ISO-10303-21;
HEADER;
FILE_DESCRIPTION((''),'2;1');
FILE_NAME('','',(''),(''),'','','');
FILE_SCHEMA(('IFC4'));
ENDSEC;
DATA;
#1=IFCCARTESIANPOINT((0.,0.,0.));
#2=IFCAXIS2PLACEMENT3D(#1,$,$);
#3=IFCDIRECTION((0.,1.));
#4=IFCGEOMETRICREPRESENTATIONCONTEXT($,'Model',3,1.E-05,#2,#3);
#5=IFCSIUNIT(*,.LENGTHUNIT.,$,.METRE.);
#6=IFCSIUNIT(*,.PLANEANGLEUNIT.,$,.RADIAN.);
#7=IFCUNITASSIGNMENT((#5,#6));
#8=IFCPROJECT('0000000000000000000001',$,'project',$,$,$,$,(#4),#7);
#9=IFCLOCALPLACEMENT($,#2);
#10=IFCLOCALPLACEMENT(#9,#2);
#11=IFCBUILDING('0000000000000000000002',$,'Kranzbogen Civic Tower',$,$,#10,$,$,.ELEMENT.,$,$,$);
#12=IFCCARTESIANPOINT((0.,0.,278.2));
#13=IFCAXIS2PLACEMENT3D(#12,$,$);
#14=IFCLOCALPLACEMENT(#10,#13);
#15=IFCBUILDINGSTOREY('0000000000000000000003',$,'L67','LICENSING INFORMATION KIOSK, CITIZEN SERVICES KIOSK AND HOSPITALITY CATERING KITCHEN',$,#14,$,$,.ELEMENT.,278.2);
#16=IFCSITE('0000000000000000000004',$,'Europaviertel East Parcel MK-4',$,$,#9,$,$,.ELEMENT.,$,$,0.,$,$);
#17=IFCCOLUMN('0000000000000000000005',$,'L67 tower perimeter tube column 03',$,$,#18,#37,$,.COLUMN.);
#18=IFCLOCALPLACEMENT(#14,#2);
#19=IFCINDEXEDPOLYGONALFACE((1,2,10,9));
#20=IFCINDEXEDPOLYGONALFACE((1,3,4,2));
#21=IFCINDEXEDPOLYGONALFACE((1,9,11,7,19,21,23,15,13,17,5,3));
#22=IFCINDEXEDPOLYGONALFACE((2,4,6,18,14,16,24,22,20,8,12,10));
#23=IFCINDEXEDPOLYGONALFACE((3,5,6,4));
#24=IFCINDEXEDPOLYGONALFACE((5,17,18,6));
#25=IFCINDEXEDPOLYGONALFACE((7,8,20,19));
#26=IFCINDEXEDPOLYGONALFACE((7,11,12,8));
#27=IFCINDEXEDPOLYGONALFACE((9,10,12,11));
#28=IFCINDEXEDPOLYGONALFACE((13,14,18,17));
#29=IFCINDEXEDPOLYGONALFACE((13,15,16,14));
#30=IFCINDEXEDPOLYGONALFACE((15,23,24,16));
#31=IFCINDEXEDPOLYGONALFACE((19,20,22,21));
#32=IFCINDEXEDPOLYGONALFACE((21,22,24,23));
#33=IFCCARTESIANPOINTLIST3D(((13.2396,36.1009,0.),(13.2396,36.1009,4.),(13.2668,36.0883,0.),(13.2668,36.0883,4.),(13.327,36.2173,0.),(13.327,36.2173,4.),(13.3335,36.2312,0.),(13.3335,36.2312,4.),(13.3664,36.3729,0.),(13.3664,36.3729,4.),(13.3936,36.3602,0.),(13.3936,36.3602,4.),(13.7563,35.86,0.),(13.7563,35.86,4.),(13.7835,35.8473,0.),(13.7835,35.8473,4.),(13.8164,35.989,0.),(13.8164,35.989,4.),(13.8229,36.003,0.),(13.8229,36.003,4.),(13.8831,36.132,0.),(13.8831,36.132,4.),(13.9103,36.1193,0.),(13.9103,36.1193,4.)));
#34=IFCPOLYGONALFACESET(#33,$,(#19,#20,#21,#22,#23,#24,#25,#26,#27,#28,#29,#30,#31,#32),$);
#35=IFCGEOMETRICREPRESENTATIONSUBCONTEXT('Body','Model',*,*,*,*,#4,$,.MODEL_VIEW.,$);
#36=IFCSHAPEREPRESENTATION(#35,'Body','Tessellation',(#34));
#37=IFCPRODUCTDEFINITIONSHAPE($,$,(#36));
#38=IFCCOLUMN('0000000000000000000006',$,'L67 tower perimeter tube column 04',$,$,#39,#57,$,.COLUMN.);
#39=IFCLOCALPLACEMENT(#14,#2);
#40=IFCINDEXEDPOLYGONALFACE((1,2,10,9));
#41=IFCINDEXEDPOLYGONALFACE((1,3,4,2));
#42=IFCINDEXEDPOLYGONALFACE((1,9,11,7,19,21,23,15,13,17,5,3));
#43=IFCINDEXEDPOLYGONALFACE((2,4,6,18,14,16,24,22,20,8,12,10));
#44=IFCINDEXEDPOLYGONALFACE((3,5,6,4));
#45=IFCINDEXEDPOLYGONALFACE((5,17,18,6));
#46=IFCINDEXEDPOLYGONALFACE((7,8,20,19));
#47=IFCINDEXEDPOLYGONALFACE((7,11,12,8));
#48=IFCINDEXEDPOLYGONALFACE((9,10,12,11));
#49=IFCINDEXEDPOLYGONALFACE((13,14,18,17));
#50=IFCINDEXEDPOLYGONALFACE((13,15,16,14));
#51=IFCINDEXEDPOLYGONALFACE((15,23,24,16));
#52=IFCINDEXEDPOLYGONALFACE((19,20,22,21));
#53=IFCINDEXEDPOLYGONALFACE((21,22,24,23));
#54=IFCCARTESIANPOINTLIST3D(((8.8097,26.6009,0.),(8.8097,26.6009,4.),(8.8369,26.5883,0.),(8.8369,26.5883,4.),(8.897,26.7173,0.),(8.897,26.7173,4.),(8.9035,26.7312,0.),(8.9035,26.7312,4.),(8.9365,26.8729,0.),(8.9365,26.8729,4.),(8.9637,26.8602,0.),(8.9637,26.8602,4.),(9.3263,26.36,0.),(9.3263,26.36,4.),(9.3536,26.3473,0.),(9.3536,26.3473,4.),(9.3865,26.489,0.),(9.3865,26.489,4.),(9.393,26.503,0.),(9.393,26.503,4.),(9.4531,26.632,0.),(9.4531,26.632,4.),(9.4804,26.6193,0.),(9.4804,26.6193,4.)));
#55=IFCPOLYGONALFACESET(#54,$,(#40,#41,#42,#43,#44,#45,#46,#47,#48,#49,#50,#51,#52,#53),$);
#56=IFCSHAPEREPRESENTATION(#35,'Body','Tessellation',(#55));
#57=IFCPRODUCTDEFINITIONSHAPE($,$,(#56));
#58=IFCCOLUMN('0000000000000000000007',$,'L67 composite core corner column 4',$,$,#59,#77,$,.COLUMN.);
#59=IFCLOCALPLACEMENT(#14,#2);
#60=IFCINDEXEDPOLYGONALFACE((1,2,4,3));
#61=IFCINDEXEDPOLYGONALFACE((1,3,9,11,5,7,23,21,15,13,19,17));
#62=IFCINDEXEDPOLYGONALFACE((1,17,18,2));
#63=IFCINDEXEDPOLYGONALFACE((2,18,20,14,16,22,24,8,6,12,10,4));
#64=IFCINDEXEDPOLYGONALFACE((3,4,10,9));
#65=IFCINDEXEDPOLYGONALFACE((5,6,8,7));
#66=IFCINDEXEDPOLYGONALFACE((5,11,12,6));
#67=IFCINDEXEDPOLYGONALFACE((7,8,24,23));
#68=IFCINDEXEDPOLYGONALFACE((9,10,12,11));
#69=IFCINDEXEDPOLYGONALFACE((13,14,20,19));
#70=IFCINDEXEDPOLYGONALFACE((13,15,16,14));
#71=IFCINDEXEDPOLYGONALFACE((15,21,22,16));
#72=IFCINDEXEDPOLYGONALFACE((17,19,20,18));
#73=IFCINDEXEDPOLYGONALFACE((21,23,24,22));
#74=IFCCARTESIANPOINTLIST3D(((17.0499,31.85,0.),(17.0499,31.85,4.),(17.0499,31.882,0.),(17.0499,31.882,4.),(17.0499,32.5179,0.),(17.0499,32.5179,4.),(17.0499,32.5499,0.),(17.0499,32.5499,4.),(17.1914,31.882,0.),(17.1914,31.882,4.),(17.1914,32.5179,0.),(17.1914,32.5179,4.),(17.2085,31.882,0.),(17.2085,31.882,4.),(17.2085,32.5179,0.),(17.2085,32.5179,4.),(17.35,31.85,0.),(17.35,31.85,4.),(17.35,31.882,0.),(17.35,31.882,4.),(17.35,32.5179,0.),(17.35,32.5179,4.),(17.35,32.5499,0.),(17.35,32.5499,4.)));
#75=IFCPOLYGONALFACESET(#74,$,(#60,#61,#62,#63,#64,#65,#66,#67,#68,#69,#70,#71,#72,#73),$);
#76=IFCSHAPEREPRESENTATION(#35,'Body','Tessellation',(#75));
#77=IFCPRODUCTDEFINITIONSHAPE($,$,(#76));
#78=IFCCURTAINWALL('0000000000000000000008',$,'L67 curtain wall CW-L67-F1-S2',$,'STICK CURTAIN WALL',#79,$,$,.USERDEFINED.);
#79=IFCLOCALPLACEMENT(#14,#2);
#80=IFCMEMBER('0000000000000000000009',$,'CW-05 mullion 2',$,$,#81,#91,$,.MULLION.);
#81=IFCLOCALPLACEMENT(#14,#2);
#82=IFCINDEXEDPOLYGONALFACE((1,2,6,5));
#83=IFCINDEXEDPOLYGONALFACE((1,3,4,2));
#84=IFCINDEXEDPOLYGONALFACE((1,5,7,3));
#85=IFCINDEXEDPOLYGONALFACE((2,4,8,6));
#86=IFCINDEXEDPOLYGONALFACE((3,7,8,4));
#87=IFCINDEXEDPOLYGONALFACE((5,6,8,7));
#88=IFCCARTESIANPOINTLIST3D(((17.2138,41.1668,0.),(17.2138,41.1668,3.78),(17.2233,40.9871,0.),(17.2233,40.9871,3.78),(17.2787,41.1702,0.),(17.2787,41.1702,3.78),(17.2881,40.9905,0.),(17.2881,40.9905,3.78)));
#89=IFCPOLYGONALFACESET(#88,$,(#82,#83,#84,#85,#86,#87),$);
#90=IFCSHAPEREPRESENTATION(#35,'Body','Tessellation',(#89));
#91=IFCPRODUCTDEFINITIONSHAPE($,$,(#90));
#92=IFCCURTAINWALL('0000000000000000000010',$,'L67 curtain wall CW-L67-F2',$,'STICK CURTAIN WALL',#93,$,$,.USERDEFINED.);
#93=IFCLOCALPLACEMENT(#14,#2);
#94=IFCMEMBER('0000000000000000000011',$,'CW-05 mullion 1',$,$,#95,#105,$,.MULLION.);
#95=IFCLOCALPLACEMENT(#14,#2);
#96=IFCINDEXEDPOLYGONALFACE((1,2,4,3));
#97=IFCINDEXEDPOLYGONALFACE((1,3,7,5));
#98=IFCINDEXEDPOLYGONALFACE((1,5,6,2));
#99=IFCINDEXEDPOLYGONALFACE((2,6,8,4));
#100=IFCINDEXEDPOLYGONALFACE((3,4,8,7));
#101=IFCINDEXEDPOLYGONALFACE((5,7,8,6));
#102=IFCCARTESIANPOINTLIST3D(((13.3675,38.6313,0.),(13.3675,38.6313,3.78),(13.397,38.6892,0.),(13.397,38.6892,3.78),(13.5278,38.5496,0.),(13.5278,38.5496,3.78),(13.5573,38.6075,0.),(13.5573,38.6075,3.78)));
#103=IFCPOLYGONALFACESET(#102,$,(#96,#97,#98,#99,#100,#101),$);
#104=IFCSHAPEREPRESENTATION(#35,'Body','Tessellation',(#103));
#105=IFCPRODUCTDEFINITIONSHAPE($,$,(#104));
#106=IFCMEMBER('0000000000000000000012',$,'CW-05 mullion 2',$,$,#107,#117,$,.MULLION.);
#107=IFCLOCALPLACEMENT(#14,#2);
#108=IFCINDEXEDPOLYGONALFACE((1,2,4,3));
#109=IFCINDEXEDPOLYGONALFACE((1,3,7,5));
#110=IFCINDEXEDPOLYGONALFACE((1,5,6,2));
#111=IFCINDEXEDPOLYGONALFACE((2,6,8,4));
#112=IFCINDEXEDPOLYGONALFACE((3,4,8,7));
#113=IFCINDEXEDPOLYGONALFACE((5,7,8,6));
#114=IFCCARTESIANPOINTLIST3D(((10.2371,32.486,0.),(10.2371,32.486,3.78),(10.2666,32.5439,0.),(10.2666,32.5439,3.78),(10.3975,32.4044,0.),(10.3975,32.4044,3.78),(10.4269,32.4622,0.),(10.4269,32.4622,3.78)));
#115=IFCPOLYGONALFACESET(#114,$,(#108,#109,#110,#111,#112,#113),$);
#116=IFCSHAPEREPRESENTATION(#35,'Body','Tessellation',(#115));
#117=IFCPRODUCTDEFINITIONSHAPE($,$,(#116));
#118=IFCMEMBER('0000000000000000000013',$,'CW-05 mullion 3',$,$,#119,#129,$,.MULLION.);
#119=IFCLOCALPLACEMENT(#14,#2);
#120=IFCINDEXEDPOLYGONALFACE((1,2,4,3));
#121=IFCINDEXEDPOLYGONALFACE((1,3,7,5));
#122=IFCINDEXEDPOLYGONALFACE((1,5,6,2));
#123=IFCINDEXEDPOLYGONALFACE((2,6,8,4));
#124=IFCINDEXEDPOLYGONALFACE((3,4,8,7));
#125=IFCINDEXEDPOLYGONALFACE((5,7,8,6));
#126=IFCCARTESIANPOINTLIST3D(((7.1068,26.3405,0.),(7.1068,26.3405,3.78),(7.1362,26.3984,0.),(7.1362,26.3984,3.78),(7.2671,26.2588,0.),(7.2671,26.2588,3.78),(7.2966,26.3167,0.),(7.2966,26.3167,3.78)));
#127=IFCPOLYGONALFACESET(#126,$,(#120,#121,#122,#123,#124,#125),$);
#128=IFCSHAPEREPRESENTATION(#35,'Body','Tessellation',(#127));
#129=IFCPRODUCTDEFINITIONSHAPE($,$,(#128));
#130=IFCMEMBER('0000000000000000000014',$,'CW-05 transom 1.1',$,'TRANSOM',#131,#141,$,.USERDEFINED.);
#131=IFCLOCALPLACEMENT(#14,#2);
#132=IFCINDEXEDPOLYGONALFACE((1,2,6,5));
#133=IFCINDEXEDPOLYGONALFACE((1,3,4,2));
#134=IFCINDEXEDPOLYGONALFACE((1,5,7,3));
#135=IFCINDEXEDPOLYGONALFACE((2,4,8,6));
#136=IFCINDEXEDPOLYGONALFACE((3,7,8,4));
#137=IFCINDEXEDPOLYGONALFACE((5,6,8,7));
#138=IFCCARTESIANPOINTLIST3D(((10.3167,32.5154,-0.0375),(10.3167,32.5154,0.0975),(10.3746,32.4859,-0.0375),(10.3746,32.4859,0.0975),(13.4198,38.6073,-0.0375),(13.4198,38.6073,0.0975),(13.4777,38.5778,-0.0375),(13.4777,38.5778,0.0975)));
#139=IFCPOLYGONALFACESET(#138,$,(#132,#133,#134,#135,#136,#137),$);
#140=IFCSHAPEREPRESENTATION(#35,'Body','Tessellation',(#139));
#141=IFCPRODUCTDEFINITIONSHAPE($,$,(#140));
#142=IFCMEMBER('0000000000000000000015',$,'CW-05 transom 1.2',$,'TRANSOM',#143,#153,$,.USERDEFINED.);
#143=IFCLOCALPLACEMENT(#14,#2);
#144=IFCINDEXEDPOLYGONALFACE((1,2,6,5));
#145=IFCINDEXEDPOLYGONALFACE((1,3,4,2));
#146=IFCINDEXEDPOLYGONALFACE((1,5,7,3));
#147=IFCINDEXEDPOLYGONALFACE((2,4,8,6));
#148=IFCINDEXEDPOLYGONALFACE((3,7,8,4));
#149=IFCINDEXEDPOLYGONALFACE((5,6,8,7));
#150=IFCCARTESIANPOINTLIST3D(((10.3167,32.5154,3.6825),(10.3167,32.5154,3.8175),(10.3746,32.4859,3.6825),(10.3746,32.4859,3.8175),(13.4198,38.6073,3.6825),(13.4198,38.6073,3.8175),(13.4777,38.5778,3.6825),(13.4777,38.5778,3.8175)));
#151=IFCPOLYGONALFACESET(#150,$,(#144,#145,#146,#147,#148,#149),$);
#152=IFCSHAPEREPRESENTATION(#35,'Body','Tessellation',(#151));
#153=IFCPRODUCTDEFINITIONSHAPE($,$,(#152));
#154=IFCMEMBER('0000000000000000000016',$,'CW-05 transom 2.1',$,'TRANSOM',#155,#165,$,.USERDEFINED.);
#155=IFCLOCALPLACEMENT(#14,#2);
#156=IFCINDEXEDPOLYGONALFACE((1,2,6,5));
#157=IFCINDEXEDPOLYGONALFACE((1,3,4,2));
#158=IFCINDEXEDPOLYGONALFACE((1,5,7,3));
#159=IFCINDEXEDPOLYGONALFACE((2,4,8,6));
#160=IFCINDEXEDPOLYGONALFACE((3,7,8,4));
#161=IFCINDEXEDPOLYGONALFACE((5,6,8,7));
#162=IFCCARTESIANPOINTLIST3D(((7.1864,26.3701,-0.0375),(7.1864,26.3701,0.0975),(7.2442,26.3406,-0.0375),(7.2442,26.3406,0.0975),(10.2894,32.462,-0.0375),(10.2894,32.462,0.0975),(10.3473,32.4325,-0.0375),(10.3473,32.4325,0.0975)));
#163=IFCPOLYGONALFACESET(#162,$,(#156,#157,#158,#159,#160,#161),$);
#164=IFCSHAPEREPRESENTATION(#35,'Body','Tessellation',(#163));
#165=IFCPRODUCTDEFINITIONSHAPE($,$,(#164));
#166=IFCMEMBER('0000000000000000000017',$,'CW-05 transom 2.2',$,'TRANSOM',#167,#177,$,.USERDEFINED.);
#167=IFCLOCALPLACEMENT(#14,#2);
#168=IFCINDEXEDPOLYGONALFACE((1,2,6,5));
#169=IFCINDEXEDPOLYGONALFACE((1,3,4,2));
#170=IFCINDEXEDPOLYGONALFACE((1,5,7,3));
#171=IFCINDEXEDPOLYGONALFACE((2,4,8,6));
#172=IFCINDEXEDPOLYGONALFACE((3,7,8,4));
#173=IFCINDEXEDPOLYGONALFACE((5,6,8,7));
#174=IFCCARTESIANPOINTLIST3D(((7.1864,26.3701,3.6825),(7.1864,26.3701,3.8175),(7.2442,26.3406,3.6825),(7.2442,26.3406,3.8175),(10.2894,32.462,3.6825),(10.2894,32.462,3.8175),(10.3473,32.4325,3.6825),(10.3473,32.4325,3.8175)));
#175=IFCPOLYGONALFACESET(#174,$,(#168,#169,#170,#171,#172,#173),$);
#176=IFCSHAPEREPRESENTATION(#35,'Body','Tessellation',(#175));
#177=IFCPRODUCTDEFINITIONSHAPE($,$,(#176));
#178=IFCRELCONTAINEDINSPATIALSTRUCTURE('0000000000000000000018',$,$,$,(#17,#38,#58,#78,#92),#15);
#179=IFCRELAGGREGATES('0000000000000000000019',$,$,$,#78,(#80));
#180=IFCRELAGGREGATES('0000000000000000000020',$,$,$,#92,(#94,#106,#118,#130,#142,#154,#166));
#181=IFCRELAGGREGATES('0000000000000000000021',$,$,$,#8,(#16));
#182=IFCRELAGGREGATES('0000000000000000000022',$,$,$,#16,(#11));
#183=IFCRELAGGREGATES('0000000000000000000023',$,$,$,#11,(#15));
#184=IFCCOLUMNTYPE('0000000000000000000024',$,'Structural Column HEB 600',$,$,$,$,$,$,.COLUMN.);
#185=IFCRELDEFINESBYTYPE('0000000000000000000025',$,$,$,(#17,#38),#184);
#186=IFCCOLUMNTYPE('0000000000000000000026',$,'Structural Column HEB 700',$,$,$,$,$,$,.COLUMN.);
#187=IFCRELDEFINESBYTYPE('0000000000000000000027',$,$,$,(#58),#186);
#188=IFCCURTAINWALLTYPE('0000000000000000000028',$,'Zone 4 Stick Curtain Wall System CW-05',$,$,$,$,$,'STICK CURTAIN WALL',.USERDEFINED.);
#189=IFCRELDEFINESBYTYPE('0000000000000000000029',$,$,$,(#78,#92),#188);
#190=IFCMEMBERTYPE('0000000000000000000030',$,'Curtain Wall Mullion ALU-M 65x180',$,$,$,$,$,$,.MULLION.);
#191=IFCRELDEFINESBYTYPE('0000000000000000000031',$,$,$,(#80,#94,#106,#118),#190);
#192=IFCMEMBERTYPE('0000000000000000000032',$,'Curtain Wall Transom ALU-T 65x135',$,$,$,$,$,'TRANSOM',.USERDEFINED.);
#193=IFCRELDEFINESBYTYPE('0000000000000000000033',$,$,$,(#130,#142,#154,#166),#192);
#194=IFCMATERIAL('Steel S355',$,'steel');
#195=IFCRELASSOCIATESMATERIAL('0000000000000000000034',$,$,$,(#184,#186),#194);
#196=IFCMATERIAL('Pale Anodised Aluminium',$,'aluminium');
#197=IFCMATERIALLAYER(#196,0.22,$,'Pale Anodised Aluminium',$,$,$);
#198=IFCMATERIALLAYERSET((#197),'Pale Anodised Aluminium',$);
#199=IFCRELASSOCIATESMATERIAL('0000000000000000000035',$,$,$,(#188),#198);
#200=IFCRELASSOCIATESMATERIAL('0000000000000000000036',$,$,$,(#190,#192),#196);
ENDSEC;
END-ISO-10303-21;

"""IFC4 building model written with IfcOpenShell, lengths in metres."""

from ifc_helpers import new_model, si_unit, direction, frame, origin, origin_2d, place, context, subcontext, project, spatial, rectangle, i_section, extrude, material, layer, layer_set, material_profile, profile_set, type_object, element, aggregate, save


model = new_model("IFC4")

# Units and contexts
model_context = context("Model", 3, precision=1e-05, world=origin(), true_north=direction((0.0, 1.0)))
body_context = subcontext(model_context, "Body", "Model", "MODEL_VIEW")
ifc_project = project(units=[si_unit("LENGTHUNIT", "METRE"), si_unit("PLANEANGLEUNIT", "RADIAN")], contexts=[model_context])

# Site, building, storey
site_placement = place(None, origin())
site = spatial("IfcSite", under=ifc_project, at=site_placement, Name="Europaviertel East Parcel MK-4", CompositionType="ELEMENT", RefElevation=0.0)
building_placement = place(site_placement, origin())
building = spatial("IfcBuilding", under=site, at=building_placement, Name="Kranzbogen Civic Tower", CompositionType="ELEMENT")
storey_placement = place(building_placement, frame((0.0, 0.0, 278.2)))
storey = spatial("IfcBuildingStorey", under=building, at=storey_placement, Name="L67", Description="LICENSING INFORMATION KIOSK, CITIZEN SERVICES KIOSK AND HOSPITALITY CATERING KITCHEN", CompositionType="ELEMENT", Elevation=278.2)

# Columns
ifc_material_1 = material(Name="Steel S355", Category="steel")
ifc_material_profile_1 = material_profile(ifc_material_1, i_section(OverallWidth=0.3, OverallDepth=0.6001, WebThickness=0.0154, FlangeThickness=0.03, at=origin_2d()), Name="HEB 600")
ifc_profile_set_1 = profile_set([ifc_material_profile_1], Name="Steel S355")
column_type_1 = type_object("IfcColumnType", Name="Structural Column HEB 600", PredefinedType="COLUMN", material=ifc_profile_set_1)
for number, where, z_axis, x_axis, name in (
    (1, (13.575, 36.1101, 0.0), (0.0, 0.0, 1.0), (0.422618, 0.906308, 0.0), "L67 tower perimeter tube column 03"),
    (2, (9.145, 26.6101, 0.0), (0.0, 0.0, 1.0), (0.422618, 0.906308, 0.0), "L67 tower perimeter tube column 04"),
):
    element("IfcColumn", number, at=place(storey_placement, frame(where, z_axis=z_axis, x_axis=x_axis)), inside=storey, type_object=column_type_1, Name=name, PredefinedType="COLUMN", context=body_context, shape_type="SweptSolid", body=[
        extrude(i_section(OverallWidth=0.3, OverallDepth=0.6001, WebThickness=0.0154, FlangeThickness=0.03, at=origin_2d()), origin(), (0.0, 0.0, 1.0), 4.0),
    ])
ifc_material_profile_2 = material_profile(ifc_material_1, i_section(OverallWidth=0.3, OverallDepth=0.7, WebThickness=0.0171, FlangeThickness=0.032, at=origin_2d()), Name="HEB 700")
ifc_profile_set_2 = profile_set([ifc_material_profile_2], Name="Steel S355")
column_type_2 = type_object("IfcColumnType", Name="Structural Column HEB 700", PredefinedType="COLUMN", material=ifc_profile_set_2)
column_placement = place(storey_placement, frame((17.2, 32.2, 0.0), z_axis=(0.0, 0.0, 1.0), x_axis=(1.0, 0.0, 0.0)))
element("IfcColumn", 3, at=column_placement, inside=storey, type_object=column_type_2, Name="L67 composite core corner column 4", PredefinedType="COLUMN", context=body_context, shape_type="SweptSolid", body=[
    extrude(i_section(OverallWidth=0.3, OverallDepth=0.7, WebThickness=0.0171, FlangeThickness=0.032, at=origin_2d()), origin(), (0.0, 0.0, 1.0), 4.0),
])

# Curtain wall, member
ifc_material_2 = material(Name="Pale Anodised Aluminium", Category="aluminium")
ifc_layer_1 = layer(ifc_material_2, 0.22, Name="Pale Anodised Aluminium")
ifc_layer_set_1 = layer_set([ifc_layer_1], Name="Pale Anodised Aluminium")
curtain_wall_type = type_object("IfcCurtainWallType", Name="Zone 4 Stick Curtain Wall System CW-05", ElementType="STICK CURTAIN WALL", PredefinedType="USERDEFINED", material=ifc_layer_set_1)
curtain_wall_1_placement = place(storey_placement, origin())
curtain_wall_1 = element("IfcCurtainWall", 4, at=curtain_wall_1_placement, inside=storey, type_object=curtain_wall_type, Name="L67 curtain wall CW-L67-F1-S2", ObjectType="STICK CURTAIN WALL", PredefinedType="USERDEFINED")
ifc_material_profile_3 = material_profile(ifc_material_2, rectangle(XDim=0.0649, YDim=0.1799, at=origin_2d()), Name="ALU-M 65x180")
ifc_profile_set_3 = profile_set([ifc_material_profile_3], Name="Pale Anodised Aluminium")
member_type_1 = type_object("IfcMemberType", Name="Curtain Wall Mullion ALU-M 65x180", PredefinedType="MULLION", material=ifc_profile_set_3)
member_1_placement = place(storey_placement, frame((17.251, 41.0786, 0.0), z_axis=(0.0, 0.0, 1.0), x_axis=(-0.998627, -0.052385, 0.0)))
member_1 = element("IfcMember", 5, at=member_1_placement, type_object=member_type_1, Name="CW-05 mullion 2", PredefinedType="MULLION", context=body_context, shape_type="SweptSolid", body=[
    extrude(rectangle(XDim=0.0649, YDim=0.1799, at=origin_2d()), origin(), (0.0, 0.0, 1.0), 3.78),
])
aggregate(curtain_wall_1, [member_1])

# Curtain wall, members
curtain_wall_2_placement = place(storey_placement, origin())
curtain_wall_2 = element("IfcCurtainWall", 6, at=curtain_wall_2_placement, inside=storey, type_object=curtain_wall_type, Name="L67 curtain wall CW-L67-F2", ObjectType="STICK CURTAIN WALL", PredefinedType="USERDEFINED")
member_2_placement = place(storey_placement, frame((13.4624, 38.6194, 0.0), z_axis=(0.0, 0.0, 1.0), x_axis=(-0.4539, -0.891053, 0.0)))
member_2 = element("IfcMember", 7, at=member_2_placement, type_object=member_type_1, Name="CW-05 mullion 1", PredefinedType="MULLION", context=body_context, shape_type="SweptSolid", body=[
    extrude(rectangle(XDim=0.0649, YDim=0.1799, at=origin_2d()), origin(), (0.0, 0.0, 1.0), 3.78),
])
member_3_placement = place(storey_placement, frame((10.332, 32.4741, 0.0), z_axis=(0.0, 0.0, 1.0), x_axis=(-0.4539, -0.891053, 0.0)))
member_3 = element("IfcMember", 8, at=member_3_placement, type_object=member_type_1, Name="CW-05 mullion 2", PredefinedType="MULLION", context=body_context, shape_type="SweptSolid", body=[
    extrude(rectangle(XDim=0.0649, YDim=0.1799, at=origin_2d()), origin(), (0.0, 0.0, 1.0), 3.78),
])
member_4_placement = place(storey_placement, frame((7.2017, 26.3286, 0.0), z_axis=(0.0, 0.0, 1.0), x_axis=(-0.4539, -0.891053, 0.0)))
member_4 = element("IfcMember", 9, at=member_4_placement, type_object=member_type_1, Name="CW-05 mullion 3", PredefinedType="MULLION", context=body_context, shape_type="SweptSolid", body=[
    extrude(rectangle(XDim=0.0649, YDim=0.1799, at=origin_2d()), origin(), (0.0, 0.0, 1.0), 3.78),
])
ifc_material_profile_4 = material_profile(ifc_material_2, rectangle(XDim=0.0649, YDim=0.135, at=origin_2d()), Name="ALU-T 65x135")
ifc_profile_set_4 = profile_set([ifc_material_profile_4], Name="Pale Anodised Aluminium")
member_type_2 = type_object("IfcMemberType", Name="Curtain Wall Transom ALU-T 65x135", ElementType="TRANSOM", PredefinedType="USERDEFINED", material=ifc_profile_set_4)
member_5_placement = place(storey_placement, frame((13.4487, 38.5925, 0.03), z_axis=(-0.453886, -0.89106, 0.0), x_axis=(0.89106, -0.453886, 0.0)))
member_5 = element("IfcMember", 10, at=member_5_placement, type_object=member_type_2, Name="CW-05 transom 1.1", ObjectType="TRANSOM", PredefinedType="USERDEFINED", context=body_context, shape_type="SweptSolid", body=[
    extrude(rectangle(XDim=0.0649, YDim=0.135, at=origin_2d()), origin(), (0.0, 0.0, 1.0), 6.8367),
])
member_6_placement = place(storey_placement, frame((13.4487, 38.5925, 3.75), z_axis=(-0.453886, -0.89106, 0.0), x_axis=(0.89106, -0.453886, 0.0)))
member_6 = element("IfcMember", 11, at=member_6_placement, type_object=member_type_2, Name="CW-05 transom 1.2", ObjectType="TRANSOM", PredefinedType="USERDEFINED", context=body_context, shape_type="SweptSolid", body=[
    extrude(rectangle(XDim=0.0649, YDim=0.135, at=origin_2d()), origin(), (0.0, 0.0, 1.0), 6.8367),
])
member_7_placement = place(storey_placement, frame((10.3184, 32.4473, 0.03), z_axis=(-0.453886, -0.89106, 0.0), x_axis=(0.89106, -0.453886, 0.0)))
member_7 = element("IfcMember", 12, at=member_7_placement, type_object=member_type_2, Name="CW-05 transom 2.1", ObjectType="TRANSOM", PredefinedType="USERDEFINED", context=body_context, shape_type="SweptSolid", body=[
    extrude(rectangle(XDim=0.0649, YDim=0.135, at=origin_2d()), origin(), (0.0, 0.0, 1.0), 6.8367),
])
member_8_placement = place(storey_placement, frame((10.3184, 32.4473, 3.75), z_axis=(-0.453886, -0.89106, 0.0), x_axis=(0.89106, -0.453886, 0.0)))
member_8 = element("IfcMember", 13, at=member_8_placement, type_object=member_type_2, Name="CW-05 transom 2.2", ObjectType="TRANSOM", PredefinedType="USERDEFINED", context=body_context, shape_type="SweptSolid", body=[
    extrude(rectangle(XDim=0.0649, YDim=0.135, at=origin_2d()), origin(), (0.0, 0.0, 1.0), 6.8367),
])

aggregate(curtain_wall_2, [member_2, member_3, member_4, member_5, member_6, member_7, member_8])

save(model, "model.ifc")
